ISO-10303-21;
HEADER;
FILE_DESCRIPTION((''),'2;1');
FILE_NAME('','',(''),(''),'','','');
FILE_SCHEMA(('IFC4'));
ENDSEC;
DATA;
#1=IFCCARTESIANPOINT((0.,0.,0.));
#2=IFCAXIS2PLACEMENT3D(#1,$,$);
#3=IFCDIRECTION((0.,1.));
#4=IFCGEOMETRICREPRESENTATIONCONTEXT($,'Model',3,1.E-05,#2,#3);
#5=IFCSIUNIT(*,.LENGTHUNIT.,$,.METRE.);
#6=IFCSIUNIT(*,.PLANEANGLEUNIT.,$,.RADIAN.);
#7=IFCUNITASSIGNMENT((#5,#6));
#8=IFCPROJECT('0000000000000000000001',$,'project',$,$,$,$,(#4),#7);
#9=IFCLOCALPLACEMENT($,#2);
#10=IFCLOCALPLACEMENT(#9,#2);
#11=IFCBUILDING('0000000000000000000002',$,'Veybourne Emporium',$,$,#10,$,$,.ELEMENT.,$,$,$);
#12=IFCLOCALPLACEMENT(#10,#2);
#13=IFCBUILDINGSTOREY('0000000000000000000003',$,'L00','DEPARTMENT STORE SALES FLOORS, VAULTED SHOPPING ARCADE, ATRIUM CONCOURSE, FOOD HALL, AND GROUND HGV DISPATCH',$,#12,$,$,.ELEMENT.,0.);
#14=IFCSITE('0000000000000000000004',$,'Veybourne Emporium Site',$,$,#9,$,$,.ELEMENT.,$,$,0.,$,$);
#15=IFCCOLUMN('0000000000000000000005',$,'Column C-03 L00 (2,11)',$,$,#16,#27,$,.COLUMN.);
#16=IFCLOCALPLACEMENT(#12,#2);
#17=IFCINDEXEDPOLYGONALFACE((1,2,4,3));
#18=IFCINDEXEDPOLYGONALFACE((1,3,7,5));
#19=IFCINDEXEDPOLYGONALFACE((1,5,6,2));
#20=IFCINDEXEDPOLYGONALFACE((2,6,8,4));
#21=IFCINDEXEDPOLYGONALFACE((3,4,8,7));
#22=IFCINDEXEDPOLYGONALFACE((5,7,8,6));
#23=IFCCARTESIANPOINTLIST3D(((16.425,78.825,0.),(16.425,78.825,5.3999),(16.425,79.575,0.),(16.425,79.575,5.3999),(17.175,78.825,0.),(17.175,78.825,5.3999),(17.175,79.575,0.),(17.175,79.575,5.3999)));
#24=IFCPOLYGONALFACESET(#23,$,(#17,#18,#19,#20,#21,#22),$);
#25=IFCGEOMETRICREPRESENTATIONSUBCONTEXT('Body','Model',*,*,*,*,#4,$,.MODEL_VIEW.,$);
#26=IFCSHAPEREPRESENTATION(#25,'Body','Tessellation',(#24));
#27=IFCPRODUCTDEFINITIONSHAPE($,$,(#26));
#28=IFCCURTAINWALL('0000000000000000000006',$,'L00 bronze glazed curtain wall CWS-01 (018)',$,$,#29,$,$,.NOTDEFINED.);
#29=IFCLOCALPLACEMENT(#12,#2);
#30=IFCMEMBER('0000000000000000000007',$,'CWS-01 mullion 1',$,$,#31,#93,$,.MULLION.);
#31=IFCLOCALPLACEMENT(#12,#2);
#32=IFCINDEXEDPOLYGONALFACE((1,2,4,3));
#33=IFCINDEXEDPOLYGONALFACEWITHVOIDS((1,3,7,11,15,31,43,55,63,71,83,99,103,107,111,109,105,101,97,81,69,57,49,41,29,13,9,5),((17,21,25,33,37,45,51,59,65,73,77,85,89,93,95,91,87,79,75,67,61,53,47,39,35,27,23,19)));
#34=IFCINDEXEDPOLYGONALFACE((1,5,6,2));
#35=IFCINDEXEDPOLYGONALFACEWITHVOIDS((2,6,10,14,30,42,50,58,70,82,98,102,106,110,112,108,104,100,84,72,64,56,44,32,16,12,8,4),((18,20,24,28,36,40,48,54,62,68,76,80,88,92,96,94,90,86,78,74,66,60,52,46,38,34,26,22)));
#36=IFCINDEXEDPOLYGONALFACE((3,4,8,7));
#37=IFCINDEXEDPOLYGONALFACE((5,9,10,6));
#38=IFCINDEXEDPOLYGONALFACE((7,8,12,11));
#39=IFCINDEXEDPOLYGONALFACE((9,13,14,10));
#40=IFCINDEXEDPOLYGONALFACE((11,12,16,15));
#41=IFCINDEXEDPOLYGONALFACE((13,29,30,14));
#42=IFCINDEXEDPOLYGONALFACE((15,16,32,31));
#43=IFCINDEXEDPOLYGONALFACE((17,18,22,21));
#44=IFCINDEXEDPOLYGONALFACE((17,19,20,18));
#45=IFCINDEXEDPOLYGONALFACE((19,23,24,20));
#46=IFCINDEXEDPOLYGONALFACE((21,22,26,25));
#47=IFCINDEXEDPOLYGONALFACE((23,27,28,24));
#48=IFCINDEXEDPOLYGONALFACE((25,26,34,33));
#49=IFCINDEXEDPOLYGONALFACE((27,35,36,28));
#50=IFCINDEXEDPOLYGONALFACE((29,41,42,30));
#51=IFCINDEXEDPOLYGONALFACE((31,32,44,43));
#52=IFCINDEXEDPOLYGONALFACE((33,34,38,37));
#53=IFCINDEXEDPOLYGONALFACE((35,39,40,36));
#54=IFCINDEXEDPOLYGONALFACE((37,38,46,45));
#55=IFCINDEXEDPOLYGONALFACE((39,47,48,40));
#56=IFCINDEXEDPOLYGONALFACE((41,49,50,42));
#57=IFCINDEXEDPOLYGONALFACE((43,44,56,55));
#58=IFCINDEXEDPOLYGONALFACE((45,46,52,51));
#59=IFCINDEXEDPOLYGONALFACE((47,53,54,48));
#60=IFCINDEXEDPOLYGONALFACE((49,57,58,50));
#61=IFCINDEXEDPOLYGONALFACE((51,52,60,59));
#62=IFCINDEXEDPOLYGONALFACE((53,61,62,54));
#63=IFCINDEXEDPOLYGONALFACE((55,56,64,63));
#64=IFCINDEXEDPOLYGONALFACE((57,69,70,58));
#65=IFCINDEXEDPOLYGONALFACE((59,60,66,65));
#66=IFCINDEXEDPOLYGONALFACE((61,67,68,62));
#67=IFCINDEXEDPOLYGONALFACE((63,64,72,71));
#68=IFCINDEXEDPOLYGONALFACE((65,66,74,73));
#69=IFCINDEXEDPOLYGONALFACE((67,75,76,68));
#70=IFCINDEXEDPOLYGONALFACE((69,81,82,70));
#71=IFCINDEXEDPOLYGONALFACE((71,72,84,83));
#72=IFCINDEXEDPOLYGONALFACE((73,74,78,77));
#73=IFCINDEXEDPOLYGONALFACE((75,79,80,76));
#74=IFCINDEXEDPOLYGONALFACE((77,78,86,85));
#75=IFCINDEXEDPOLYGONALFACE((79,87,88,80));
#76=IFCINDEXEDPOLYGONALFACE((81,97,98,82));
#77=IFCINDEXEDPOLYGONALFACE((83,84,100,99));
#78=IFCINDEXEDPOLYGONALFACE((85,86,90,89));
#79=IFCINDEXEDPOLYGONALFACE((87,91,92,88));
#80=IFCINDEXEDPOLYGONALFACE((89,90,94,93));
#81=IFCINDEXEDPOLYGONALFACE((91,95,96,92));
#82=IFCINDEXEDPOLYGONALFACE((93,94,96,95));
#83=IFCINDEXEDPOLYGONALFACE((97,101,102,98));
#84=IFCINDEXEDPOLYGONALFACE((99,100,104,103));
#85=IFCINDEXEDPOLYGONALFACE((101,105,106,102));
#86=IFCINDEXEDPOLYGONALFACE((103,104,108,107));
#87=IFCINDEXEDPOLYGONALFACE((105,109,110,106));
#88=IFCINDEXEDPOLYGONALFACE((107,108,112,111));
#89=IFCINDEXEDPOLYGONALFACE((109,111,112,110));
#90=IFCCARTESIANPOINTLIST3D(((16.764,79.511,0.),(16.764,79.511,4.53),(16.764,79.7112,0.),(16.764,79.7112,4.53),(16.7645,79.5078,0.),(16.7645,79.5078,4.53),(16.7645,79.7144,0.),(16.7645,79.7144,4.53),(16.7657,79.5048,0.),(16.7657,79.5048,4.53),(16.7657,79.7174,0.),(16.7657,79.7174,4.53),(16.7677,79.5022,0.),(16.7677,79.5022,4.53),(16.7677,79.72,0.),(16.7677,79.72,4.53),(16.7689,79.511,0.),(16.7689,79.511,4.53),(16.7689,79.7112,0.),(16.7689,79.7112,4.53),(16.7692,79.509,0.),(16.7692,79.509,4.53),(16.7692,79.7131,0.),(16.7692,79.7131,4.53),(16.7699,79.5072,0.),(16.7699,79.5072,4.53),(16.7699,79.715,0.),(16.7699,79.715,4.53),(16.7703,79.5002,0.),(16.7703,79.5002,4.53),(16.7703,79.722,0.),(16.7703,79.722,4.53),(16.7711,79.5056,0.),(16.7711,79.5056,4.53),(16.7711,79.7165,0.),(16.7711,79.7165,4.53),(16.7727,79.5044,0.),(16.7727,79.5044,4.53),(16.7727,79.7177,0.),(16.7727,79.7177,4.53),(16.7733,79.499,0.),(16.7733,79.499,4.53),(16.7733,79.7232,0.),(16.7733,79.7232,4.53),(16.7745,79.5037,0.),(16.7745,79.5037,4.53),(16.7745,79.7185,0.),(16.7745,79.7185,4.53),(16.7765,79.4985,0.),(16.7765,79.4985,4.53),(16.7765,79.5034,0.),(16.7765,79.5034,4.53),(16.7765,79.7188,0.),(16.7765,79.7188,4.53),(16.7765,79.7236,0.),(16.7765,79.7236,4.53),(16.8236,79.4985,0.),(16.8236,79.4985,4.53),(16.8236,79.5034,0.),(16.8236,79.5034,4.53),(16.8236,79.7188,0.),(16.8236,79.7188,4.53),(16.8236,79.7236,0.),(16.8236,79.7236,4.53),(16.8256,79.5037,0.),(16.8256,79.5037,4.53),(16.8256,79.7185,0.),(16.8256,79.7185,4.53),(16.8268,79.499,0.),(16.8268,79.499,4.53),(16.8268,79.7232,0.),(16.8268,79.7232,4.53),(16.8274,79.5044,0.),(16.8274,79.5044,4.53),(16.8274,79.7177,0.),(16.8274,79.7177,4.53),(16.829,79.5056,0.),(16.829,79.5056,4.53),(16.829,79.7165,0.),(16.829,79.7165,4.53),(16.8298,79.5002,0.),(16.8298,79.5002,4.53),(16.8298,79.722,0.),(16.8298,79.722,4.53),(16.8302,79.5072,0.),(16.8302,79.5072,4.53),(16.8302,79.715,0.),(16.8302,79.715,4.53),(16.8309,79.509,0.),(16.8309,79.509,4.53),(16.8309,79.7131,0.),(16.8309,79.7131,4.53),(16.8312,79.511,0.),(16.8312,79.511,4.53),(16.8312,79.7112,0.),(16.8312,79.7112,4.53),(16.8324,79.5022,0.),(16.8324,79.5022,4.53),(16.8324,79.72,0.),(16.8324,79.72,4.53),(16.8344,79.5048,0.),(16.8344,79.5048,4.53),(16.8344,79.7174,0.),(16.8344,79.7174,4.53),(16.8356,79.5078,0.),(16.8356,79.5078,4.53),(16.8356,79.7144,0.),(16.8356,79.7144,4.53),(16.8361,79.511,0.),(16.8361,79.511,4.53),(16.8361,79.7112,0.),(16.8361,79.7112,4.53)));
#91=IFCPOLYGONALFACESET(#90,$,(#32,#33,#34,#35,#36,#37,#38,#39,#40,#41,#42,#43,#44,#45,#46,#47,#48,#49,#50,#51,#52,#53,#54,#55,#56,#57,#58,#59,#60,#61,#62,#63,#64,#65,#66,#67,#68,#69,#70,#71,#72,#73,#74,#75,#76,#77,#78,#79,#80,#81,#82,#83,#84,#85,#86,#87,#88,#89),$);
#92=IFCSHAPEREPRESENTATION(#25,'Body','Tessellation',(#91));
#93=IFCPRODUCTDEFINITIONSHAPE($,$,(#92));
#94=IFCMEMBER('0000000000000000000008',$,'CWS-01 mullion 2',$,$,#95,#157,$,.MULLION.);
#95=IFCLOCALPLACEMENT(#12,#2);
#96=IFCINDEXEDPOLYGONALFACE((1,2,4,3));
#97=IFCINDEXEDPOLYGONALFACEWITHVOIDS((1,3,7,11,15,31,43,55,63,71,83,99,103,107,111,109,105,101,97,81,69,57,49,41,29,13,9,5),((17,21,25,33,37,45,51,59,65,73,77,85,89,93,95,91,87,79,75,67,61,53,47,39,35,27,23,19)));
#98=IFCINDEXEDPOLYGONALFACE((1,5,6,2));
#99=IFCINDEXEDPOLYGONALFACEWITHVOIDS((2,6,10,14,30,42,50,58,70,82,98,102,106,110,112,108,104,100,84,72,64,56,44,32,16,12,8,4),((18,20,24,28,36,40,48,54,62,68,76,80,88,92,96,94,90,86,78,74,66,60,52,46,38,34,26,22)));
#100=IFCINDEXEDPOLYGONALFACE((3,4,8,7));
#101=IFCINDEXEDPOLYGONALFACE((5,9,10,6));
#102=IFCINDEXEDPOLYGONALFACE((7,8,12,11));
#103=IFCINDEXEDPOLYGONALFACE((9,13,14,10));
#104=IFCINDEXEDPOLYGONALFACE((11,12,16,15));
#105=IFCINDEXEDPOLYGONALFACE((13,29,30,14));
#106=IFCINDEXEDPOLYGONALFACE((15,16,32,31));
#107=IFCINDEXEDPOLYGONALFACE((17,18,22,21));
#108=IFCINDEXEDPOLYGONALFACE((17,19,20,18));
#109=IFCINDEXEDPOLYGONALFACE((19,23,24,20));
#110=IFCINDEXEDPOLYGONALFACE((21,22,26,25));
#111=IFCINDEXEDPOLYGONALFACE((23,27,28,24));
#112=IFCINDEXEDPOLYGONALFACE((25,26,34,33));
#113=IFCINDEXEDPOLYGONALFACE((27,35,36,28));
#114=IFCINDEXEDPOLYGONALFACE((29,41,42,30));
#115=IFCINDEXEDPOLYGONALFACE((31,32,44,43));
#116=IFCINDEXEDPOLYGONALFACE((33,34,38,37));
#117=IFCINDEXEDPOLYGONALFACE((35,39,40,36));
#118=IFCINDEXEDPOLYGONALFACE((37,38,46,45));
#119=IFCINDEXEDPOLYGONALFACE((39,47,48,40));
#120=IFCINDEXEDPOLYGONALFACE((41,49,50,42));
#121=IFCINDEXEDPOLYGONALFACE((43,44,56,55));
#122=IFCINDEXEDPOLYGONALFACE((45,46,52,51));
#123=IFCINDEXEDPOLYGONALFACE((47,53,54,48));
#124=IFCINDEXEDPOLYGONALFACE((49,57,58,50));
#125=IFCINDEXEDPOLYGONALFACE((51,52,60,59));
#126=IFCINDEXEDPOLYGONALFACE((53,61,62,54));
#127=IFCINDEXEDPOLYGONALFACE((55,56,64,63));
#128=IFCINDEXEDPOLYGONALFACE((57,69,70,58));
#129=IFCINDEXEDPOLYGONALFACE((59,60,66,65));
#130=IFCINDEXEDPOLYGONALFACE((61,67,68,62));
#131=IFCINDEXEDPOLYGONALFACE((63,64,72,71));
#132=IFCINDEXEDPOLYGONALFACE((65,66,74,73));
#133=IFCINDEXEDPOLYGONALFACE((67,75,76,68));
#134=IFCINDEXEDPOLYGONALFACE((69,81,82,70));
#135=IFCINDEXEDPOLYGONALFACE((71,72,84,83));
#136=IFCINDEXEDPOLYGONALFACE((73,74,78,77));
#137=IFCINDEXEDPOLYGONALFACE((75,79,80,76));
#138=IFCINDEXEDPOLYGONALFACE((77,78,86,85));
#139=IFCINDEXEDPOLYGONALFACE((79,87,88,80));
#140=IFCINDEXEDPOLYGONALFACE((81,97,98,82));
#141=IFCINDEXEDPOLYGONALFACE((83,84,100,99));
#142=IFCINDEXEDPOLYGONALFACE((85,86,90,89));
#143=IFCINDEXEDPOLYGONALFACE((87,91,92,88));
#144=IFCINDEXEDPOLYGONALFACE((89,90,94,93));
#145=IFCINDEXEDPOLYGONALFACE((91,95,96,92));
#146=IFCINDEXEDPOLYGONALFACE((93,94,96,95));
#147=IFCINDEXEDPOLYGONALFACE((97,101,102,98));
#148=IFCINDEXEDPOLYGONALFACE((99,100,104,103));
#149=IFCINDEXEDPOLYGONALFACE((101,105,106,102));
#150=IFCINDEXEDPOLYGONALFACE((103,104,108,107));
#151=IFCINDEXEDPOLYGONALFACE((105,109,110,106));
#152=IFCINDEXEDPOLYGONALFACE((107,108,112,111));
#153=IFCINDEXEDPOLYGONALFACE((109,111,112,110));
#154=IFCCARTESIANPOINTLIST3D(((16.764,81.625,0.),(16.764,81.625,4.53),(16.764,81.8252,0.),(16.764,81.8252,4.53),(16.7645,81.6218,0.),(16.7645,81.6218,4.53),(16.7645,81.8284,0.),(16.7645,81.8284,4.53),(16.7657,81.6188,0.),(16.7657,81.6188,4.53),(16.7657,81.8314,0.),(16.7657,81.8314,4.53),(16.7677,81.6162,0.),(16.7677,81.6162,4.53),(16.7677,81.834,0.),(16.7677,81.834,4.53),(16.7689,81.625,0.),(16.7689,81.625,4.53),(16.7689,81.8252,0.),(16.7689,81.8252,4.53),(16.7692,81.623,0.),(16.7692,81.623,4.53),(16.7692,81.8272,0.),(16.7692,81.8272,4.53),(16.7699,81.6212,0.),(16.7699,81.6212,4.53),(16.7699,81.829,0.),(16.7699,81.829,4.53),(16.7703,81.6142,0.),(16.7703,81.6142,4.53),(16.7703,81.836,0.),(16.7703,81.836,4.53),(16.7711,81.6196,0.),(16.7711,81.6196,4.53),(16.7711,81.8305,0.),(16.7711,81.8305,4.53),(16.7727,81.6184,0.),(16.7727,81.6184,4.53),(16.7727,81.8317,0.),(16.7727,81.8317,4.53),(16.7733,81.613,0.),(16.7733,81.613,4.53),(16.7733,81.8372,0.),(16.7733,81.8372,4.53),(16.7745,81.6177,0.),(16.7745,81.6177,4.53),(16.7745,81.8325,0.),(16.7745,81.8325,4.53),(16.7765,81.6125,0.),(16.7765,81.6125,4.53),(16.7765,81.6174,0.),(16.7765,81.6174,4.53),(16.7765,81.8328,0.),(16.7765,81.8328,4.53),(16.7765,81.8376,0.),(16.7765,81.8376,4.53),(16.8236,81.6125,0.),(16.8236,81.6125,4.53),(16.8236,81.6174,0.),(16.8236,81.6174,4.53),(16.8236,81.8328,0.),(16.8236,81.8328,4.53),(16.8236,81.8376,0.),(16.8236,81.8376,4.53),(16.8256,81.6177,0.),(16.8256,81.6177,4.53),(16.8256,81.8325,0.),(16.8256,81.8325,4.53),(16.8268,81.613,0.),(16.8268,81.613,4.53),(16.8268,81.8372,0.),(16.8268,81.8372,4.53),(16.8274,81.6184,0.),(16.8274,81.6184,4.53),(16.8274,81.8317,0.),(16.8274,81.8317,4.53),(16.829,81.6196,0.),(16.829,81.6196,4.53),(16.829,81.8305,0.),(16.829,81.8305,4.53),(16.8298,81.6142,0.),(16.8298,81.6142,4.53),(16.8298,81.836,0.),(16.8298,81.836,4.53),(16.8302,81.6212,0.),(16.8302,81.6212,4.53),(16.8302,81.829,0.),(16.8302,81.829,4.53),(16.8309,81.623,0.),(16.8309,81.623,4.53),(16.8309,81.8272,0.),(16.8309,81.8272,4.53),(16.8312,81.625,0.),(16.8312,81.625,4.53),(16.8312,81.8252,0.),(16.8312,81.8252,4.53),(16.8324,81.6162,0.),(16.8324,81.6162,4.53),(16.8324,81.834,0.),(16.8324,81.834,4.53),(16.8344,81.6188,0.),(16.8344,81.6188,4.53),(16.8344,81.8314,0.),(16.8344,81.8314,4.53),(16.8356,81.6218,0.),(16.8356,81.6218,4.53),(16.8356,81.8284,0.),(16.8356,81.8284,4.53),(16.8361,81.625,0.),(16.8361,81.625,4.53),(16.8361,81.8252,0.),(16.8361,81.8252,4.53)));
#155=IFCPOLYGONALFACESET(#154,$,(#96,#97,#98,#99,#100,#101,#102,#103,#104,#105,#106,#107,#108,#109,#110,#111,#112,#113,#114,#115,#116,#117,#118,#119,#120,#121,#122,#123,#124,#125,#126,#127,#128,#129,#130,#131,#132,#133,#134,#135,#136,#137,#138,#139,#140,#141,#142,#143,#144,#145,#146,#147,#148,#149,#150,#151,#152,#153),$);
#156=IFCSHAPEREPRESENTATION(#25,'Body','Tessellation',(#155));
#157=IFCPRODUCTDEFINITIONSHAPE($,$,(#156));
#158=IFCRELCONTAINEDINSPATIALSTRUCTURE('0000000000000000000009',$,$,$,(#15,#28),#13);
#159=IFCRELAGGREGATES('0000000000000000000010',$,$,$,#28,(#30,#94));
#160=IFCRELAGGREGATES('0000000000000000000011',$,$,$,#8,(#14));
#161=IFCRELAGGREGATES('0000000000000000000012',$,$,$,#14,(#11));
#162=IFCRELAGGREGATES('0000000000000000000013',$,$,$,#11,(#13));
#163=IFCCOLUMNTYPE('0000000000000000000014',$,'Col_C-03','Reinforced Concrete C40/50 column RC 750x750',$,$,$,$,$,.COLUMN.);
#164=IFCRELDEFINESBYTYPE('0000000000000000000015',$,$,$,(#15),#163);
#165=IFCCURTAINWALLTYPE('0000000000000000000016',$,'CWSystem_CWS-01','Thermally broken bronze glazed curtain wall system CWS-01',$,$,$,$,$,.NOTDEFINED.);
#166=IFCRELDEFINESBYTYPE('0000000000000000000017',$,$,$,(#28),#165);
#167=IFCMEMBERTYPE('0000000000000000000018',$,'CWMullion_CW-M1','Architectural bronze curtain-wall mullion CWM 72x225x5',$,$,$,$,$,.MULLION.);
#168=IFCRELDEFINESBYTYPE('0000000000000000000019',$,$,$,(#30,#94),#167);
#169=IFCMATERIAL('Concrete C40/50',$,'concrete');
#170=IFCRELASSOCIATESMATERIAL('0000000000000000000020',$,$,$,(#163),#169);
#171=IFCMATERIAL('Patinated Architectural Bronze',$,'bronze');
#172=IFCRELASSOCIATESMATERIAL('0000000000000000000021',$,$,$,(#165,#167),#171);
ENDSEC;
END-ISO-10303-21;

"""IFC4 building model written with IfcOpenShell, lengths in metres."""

from ifc_helpers import new_model, si_unit, direction, frame, origin, origin_2d, place, context, subcontext, project, spatial, rectangle, hollow_rectangle, extrude, material, material_profile, profile_set, type_object, element, aggregate, save


model = new_model("IFC4")

# Units and contexts
model_context = context("Model", 3, precision=1e-05, world=origin(), true_north=direction((0.0, 1.0)))
body_context = subcontext(model_context, "Body", "Model", "MODEL_VIEW")
ifc_project = project(units=[si_unit("LENGTHUNIT", "METRE"), si_unit("PLANEANGLEUNIT", "RADIAN")], contexts=[model_context])

# Site, building, storey
site_placement = place(None, origin())
site = spatial("IfcSite", under=ifc_project, at=site_placement, Name="Veybourne Emporium Site", CompositionType="ELEMENT", RefElevation=0.0)
building_placement = place(site_placement, origin())
building = spatial("IfcBuilding", under=site, at=building_placement, Name="Veybourne Emporium", CompositionType="ELEMENT")
storey_placement = place(building_placement, origin())
storey = spatial("IfcBuildingStorey", under=building, at=storey_placement, Name="L00", Description="DEPARTMENT STORE SALES FLOORS, VAULTED SHOPPING ARCADE, ATRIUM CONCOURSE, FOOD HALL, AND GROUND HGV DISPATCH", CompositionType="ELEMENT", Elevation=0.0)

# Column
ifc_material_1 = material(Name="Concrete C40/50", Category="concrete")
ifc_material_profile_1 = material_profile(ifc_material_1, rectangle(XDim=0.75, YDim=0.75, at=origin_2d()), Name="RC 750x750")
ifc_profile_set_1 = profile_set([ifc_material_profile_1], Name="Concrete C40/50")
column_type = type_object("IfcColumnType", Name="Col_C-03", Description="Reinforced Concrete C40/50 column RC 750x750", PredefinedType="COLUMN", material=ifc_profile_set_1)
column_placement = place(storey_placement, frame((16.8, 79.2, 0.0), z_axis=(0.0, 0.0, 1.0), x_axis=(1.0, 0.0, 0.0)))
element("IfcColumn", 1, at=column_placement, inside=storey, type_object=column_type, Name="Column C-03 L00 (2,11)", PredefinedType="COLUMN", context=body_context, shape_type="SweptSolid", body=[
    extrude(rectangle(XDim=0.75, YDim=0.75, at=origin_2d()), origin(), (0.0, 0.0, 1.0), 5.3999),
])

# Curtain wall, members
ifc_material_2 = material(Name="Patinated Architectural Bronze", Category="bronze")
curtain_wall_type = type_object("IfcCurtainWallType", Name="CWSystem_CWS-01", Description="Thermally broken bronze glazed curtain wall system CWS-01", PredefinedType="NOTDEFINED", material=ifc_material_2)
curtain_wall_placement = place(storey_placement, origin())
curtain_wall = element("IfcCurtainWall", 2, at=curtain_wall_placement, inside=storey, type_object=curtain_wall_type, Name="L00 bronze glazed curtain wall CWS-01 (018)", PredefinedType="NOTDEFINED")
ifc_material_profile_2 = material_profile(ifc_material_2, hollow_rectangle(XDim=0.072, YDim=0.2251, WallThickness=0.0049, InnerFilletRadius=0.0076, OuterFilletRadius=0.0125, at=origin_2d()), Name="CWM 72x225x5")
ifc_profile_set_2 = profile_set([ifc_material_profile_2], Name="Patinated Architectural Bronze")
member_type_1 = type_object("IfcMemberType", Name="CWMullion_CW-M1", Description="Architectural bronze curtain-wall mullion CWM 72x225x5", PredefinedType="MULLION", material=ifc_profile_set_2)
member_1_placement = place(storey_placement, frame((16.8, 79.6111, 0.0), z_axis=(0.0, 0.0, 1.0), x_axis=(-1.0, 0.0, 0.0)))
member_1 = element("IfcMember", 3, at=member_1_placement, type_object=member_type_1, Name="CWS-01 mullion 1", PredefinedType="MULLION", context=body_context, shape_type="SweptSolid", body=[
    extrude(hollow_rectangle(XDim=0.072, YDim=0.2251, WallThickness=0.0049, InnerFilletRadius=0.0076, OuterFilletRadius=0.0125, at=origin_2d()), origin(), (0.0, 0.0, 1.0), 4.53),
])
member_2_placement = place(storey_placement, frame((16.8, 81.7251, 0.0), z_axis=(0.0, 0.0, 1.0), x_axis=(-1.0, 0.0, 0.0)))
member_2 = element("IfcMember", 4, at=member_2_placement, type_object=member_type_1, Name="CWS-01 mullion 2", PredefinedType="MULLION", context=body_context, shape_type="SweptSolid", body=[
    extrude(hollow_rectangle(XDim=0.072, YDim=0.2251, WallThickness=0.0049, InnerFilletRadius=0.0076, OuterFilletRadius=0.0125, at=origin_2d()), origin(), (0.0, 0.0, 1.0), 4.53),
])

aggregate(curtain_wall, [member_1, member_2])

save(model, "model.ifc")
